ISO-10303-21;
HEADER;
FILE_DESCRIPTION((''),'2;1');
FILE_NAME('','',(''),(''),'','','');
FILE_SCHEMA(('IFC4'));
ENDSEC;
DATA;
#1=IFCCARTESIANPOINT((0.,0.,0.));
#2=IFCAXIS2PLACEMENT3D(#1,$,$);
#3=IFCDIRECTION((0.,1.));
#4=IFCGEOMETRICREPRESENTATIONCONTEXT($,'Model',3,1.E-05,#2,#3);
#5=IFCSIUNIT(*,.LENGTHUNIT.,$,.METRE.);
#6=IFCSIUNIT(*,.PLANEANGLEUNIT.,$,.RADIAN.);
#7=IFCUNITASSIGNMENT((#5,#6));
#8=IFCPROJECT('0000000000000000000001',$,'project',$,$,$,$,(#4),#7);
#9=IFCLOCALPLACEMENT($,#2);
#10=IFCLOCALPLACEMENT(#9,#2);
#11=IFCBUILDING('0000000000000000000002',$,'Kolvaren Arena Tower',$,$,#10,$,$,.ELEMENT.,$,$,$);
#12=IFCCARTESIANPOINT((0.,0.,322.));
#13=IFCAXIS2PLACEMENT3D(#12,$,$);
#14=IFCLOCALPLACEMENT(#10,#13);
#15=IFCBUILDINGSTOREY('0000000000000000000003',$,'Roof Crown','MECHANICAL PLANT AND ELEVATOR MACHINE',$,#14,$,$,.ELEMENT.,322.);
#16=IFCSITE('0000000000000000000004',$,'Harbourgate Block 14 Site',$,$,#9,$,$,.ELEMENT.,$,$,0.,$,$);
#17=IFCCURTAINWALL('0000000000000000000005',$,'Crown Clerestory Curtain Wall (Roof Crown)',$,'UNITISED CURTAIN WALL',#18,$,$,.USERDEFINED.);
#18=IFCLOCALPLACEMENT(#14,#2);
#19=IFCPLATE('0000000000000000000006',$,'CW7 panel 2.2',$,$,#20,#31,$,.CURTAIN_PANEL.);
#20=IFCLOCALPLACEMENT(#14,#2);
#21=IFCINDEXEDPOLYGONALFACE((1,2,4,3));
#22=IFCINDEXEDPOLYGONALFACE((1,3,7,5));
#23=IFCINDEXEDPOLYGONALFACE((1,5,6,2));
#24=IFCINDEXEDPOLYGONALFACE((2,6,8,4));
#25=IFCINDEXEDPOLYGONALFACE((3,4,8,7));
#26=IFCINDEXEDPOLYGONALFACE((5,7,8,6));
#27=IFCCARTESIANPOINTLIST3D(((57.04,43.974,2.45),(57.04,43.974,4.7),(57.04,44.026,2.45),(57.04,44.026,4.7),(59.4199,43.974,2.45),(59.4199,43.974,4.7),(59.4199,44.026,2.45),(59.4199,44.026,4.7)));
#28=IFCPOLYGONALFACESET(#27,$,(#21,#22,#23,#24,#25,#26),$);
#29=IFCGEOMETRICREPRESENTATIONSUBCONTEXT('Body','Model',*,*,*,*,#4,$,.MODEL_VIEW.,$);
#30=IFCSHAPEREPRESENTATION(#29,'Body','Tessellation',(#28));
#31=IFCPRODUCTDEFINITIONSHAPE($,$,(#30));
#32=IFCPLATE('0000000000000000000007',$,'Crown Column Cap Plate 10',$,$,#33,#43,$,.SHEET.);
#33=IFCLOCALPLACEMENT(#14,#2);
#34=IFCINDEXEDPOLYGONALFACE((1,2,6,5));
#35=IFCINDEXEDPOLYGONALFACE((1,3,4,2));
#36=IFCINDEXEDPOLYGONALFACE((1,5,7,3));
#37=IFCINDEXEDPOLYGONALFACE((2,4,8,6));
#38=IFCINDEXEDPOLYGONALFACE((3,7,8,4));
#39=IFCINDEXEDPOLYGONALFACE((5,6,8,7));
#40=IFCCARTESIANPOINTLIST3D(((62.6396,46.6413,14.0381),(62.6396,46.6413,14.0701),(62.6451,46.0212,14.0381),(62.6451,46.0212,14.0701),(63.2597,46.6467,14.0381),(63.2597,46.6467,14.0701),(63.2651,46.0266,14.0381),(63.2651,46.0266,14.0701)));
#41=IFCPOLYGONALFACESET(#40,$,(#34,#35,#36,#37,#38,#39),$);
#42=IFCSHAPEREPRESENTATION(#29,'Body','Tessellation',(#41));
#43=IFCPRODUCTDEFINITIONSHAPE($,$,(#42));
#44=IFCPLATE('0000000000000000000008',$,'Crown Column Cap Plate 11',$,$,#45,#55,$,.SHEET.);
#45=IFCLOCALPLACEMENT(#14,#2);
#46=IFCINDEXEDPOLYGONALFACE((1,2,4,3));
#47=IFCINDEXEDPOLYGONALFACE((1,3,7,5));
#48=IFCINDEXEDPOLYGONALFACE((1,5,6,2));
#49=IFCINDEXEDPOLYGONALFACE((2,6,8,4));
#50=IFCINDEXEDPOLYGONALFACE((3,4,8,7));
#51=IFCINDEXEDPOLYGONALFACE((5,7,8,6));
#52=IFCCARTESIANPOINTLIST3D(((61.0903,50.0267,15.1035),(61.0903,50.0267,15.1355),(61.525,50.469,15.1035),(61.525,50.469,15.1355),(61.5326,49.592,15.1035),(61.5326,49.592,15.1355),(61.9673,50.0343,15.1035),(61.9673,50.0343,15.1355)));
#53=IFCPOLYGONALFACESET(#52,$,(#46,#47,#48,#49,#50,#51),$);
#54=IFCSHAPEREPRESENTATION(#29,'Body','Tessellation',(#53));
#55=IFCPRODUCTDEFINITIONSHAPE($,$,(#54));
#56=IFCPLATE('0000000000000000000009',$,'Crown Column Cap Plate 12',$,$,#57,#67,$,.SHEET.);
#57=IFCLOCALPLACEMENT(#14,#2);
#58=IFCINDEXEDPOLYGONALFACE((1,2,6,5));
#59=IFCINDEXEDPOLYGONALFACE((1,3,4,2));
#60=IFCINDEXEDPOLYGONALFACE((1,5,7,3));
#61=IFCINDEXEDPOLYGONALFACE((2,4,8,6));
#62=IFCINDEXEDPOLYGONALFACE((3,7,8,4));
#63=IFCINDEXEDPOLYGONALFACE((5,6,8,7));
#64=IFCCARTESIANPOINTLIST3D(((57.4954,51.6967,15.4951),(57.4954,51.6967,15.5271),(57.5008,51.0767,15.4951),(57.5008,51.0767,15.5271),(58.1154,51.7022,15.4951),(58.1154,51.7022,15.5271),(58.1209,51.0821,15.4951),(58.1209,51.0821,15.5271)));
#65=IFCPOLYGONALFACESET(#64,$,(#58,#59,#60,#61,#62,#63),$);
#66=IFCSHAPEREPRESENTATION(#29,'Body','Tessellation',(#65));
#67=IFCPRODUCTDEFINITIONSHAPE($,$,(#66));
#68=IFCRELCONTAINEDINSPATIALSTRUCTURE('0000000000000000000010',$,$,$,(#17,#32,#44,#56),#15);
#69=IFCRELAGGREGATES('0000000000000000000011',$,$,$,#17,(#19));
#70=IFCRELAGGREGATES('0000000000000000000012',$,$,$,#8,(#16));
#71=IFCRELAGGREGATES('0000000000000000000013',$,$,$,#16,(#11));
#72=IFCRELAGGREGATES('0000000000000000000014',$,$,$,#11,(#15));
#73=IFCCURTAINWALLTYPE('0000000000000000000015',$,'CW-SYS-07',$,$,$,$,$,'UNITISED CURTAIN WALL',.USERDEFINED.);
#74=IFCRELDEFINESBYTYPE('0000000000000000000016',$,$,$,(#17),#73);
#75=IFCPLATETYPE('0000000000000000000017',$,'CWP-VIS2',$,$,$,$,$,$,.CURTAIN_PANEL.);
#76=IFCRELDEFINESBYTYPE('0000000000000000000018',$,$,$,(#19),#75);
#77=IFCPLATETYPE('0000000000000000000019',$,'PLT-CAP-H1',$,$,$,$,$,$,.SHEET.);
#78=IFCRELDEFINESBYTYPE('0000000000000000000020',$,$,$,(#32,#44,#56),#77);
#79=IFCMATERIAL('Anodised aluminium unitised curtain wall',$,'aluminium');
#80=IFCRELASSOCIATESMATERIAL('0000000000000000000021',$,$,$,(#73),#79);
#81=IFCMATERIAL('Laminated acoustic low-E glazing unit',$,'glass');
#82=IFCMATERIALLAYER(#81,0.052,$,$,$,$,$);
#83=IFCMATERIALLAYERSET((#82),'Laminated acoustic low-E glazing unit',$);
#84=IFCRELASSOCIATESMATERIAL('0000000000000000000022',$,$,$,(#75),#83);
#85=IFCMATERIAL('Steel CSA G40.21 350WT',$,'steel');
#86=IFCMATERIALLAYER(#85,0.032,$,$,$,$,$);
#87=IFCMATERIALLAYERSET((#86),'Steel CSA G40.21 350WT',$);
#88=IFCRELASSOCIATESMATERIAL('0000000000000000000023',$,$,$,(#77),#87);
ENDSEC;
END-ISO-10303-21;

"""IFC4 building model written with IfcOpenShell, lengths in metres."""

from ifc_helpers import new_model, si_unit, direction, frame, origin, origin_2d, place, context, subcontext, project, spatial, rectangle, extrude, material, layer, layer_set, type_object, element, aggregate, save


model = new_model("IFC4")

# Units and contexts
model_context = context("Model", 3, precision=1e-05, world=origin(), true_north=direction((0.0, 1.0)))
body_context = subcontext(model_context, "Body", "Model", "MODEL_VIEW")
ifc_project = project(units=[si_unit("LENGTHUNIT", "METRE"), si_unit("PLANEANGLEUNIT", "RADIAN")], contexts=[model_context])

# Site, building, storey
site_placement = place(None, origin())
site = spatial("IfcSite", under=ifc_project, at=site_placement, Name="Harbourgate Block 14 Site", CompositionType="ELEMENT", RefElevation=0.0)
building_placement = place(site_placement, origin())
building = spatial("IfcBuilding", under=site, at=building_placement, Name="Kolvaren Arena Tower", CompositionType="ELEMENT")
storey_placement = place(building_placement, frame((0.0, 0.0, 322.0)))
storey = spatial("IfcBuildingStorey", under=building, at=storey_placement, Name="Roof Crown", Description="MECHANICAL PLANT AND ELEVATOR MACHINE", CompositionType="ELEMENT", Elevation=322.0)

# Curtain wall
ifc_material_1 = material(Name="Anodised aluminium unitised curtain wall", Category="aluminium")
curtain_wall_type = type_object("IfcCurtainWallType", Name="CW-SYS-07", ElementType="UNITISED CURTAIN WALL", PredefinedType="USERDEFINED", material=ifc_material_1)
curtain_wall_1_placement = place(storey_placement, origin())
curtain_wall_1 = element("IfcCurtainWall", 1, at=curtain_wall_1_placement, inside=storey, type_object=curtain_wall_type, Name="Crown Clerestory Curtain Wall (Roof Crown)", ObjectType="UNITISED CURTAIN WALL", PredefinedType="USERDEFINED")

# Plate
ifc_material_2 = material(Name="Laminated acoustic low-E glazing unit", Category="glass")
ifc_layer_1 = layer(ifc_material_2, 0.052)
ifc_layer_set_1 = layer_set([ifc_layer_1], Name="Laminated acoustic low-E glazing unit")
plate_type_1 = type_object("IfcPlateType", Name="CWP-VIS2", PredefinedType="CURTAIN_PANEL", material=ifc_layer_set_1)
plate_1_placement = place(storey_placement, frame((58.23, 44.0, 2.45), z_axis=(0.0, 0.0, 1.0), x_axis=(1.0, 0.0, 0.0)))
plate_1 = element("IfcPlate", 2, at=plate_1_placement, type_object=plate_type_1, Name="CW7 panel 2.2", PredefinedType="CURTAIN_PANEL", context=body_context, shape_type="SweptSolid", body=[
    extrude(rectangle(XDim=2.3799, YDim=0.052, at=origin_2d()), origin(), (0.0, 0.0, 1.0), 2.25),
])
aggregate(curtain_wall_1, [plate_1])

# Plates
ifc_material_3 = material(Name="Steel CSA G40.21 350WT", Category="steel")
ifc_layer_2 = layer(ifc_material_3, 0.032)
ifc_layer_set_2 = layer_set([ifc_layer_2], Name="Steel CSA G40.21 350WT")
plate_type_2 = type_object("IfcPlateType", Name="PLT-CAP-H1", PredefinedType="SHEET", material=ifc_layer_set_2)
for number, where, z_axis, x_axis, name in (
    (3, (62.9524, 46.334, 14.0381), (0.0, 0.0, 1.0), (-0.008727, 0.999962, 0.0), "Crown Column Cap Plate 10"),
    (4, (61.5288, 50.0305, 15.1035), (0.0, 0.0, 1.0), (-0.71325, 0.700909, 0.0), "Crown Column Cap Plate 11"),
    (5, (57.8081, 51.3894, 15.4951), (0.0, 0.0, 1.0), (0.999962, 0.008727, 0.0), "Crown Column Cap Plate 12"),
):
    element("IfcPlate", number, at=place(storey_placement, frame(where, z_axis=z_axis, x_axis=x_axis)), inside=storey, type_object=plate_type_2, Name=name, PredefinedType="SHEET", context=body_context, shape_type="SweptSolid", body=[
        extrude(rectangle(XDim=0.6201, YDim=0.6201, at=origin_2d()), origin(), (0.0, 0.0, 1.0), 0.032),
    ])

save(model, "model.ifc")
